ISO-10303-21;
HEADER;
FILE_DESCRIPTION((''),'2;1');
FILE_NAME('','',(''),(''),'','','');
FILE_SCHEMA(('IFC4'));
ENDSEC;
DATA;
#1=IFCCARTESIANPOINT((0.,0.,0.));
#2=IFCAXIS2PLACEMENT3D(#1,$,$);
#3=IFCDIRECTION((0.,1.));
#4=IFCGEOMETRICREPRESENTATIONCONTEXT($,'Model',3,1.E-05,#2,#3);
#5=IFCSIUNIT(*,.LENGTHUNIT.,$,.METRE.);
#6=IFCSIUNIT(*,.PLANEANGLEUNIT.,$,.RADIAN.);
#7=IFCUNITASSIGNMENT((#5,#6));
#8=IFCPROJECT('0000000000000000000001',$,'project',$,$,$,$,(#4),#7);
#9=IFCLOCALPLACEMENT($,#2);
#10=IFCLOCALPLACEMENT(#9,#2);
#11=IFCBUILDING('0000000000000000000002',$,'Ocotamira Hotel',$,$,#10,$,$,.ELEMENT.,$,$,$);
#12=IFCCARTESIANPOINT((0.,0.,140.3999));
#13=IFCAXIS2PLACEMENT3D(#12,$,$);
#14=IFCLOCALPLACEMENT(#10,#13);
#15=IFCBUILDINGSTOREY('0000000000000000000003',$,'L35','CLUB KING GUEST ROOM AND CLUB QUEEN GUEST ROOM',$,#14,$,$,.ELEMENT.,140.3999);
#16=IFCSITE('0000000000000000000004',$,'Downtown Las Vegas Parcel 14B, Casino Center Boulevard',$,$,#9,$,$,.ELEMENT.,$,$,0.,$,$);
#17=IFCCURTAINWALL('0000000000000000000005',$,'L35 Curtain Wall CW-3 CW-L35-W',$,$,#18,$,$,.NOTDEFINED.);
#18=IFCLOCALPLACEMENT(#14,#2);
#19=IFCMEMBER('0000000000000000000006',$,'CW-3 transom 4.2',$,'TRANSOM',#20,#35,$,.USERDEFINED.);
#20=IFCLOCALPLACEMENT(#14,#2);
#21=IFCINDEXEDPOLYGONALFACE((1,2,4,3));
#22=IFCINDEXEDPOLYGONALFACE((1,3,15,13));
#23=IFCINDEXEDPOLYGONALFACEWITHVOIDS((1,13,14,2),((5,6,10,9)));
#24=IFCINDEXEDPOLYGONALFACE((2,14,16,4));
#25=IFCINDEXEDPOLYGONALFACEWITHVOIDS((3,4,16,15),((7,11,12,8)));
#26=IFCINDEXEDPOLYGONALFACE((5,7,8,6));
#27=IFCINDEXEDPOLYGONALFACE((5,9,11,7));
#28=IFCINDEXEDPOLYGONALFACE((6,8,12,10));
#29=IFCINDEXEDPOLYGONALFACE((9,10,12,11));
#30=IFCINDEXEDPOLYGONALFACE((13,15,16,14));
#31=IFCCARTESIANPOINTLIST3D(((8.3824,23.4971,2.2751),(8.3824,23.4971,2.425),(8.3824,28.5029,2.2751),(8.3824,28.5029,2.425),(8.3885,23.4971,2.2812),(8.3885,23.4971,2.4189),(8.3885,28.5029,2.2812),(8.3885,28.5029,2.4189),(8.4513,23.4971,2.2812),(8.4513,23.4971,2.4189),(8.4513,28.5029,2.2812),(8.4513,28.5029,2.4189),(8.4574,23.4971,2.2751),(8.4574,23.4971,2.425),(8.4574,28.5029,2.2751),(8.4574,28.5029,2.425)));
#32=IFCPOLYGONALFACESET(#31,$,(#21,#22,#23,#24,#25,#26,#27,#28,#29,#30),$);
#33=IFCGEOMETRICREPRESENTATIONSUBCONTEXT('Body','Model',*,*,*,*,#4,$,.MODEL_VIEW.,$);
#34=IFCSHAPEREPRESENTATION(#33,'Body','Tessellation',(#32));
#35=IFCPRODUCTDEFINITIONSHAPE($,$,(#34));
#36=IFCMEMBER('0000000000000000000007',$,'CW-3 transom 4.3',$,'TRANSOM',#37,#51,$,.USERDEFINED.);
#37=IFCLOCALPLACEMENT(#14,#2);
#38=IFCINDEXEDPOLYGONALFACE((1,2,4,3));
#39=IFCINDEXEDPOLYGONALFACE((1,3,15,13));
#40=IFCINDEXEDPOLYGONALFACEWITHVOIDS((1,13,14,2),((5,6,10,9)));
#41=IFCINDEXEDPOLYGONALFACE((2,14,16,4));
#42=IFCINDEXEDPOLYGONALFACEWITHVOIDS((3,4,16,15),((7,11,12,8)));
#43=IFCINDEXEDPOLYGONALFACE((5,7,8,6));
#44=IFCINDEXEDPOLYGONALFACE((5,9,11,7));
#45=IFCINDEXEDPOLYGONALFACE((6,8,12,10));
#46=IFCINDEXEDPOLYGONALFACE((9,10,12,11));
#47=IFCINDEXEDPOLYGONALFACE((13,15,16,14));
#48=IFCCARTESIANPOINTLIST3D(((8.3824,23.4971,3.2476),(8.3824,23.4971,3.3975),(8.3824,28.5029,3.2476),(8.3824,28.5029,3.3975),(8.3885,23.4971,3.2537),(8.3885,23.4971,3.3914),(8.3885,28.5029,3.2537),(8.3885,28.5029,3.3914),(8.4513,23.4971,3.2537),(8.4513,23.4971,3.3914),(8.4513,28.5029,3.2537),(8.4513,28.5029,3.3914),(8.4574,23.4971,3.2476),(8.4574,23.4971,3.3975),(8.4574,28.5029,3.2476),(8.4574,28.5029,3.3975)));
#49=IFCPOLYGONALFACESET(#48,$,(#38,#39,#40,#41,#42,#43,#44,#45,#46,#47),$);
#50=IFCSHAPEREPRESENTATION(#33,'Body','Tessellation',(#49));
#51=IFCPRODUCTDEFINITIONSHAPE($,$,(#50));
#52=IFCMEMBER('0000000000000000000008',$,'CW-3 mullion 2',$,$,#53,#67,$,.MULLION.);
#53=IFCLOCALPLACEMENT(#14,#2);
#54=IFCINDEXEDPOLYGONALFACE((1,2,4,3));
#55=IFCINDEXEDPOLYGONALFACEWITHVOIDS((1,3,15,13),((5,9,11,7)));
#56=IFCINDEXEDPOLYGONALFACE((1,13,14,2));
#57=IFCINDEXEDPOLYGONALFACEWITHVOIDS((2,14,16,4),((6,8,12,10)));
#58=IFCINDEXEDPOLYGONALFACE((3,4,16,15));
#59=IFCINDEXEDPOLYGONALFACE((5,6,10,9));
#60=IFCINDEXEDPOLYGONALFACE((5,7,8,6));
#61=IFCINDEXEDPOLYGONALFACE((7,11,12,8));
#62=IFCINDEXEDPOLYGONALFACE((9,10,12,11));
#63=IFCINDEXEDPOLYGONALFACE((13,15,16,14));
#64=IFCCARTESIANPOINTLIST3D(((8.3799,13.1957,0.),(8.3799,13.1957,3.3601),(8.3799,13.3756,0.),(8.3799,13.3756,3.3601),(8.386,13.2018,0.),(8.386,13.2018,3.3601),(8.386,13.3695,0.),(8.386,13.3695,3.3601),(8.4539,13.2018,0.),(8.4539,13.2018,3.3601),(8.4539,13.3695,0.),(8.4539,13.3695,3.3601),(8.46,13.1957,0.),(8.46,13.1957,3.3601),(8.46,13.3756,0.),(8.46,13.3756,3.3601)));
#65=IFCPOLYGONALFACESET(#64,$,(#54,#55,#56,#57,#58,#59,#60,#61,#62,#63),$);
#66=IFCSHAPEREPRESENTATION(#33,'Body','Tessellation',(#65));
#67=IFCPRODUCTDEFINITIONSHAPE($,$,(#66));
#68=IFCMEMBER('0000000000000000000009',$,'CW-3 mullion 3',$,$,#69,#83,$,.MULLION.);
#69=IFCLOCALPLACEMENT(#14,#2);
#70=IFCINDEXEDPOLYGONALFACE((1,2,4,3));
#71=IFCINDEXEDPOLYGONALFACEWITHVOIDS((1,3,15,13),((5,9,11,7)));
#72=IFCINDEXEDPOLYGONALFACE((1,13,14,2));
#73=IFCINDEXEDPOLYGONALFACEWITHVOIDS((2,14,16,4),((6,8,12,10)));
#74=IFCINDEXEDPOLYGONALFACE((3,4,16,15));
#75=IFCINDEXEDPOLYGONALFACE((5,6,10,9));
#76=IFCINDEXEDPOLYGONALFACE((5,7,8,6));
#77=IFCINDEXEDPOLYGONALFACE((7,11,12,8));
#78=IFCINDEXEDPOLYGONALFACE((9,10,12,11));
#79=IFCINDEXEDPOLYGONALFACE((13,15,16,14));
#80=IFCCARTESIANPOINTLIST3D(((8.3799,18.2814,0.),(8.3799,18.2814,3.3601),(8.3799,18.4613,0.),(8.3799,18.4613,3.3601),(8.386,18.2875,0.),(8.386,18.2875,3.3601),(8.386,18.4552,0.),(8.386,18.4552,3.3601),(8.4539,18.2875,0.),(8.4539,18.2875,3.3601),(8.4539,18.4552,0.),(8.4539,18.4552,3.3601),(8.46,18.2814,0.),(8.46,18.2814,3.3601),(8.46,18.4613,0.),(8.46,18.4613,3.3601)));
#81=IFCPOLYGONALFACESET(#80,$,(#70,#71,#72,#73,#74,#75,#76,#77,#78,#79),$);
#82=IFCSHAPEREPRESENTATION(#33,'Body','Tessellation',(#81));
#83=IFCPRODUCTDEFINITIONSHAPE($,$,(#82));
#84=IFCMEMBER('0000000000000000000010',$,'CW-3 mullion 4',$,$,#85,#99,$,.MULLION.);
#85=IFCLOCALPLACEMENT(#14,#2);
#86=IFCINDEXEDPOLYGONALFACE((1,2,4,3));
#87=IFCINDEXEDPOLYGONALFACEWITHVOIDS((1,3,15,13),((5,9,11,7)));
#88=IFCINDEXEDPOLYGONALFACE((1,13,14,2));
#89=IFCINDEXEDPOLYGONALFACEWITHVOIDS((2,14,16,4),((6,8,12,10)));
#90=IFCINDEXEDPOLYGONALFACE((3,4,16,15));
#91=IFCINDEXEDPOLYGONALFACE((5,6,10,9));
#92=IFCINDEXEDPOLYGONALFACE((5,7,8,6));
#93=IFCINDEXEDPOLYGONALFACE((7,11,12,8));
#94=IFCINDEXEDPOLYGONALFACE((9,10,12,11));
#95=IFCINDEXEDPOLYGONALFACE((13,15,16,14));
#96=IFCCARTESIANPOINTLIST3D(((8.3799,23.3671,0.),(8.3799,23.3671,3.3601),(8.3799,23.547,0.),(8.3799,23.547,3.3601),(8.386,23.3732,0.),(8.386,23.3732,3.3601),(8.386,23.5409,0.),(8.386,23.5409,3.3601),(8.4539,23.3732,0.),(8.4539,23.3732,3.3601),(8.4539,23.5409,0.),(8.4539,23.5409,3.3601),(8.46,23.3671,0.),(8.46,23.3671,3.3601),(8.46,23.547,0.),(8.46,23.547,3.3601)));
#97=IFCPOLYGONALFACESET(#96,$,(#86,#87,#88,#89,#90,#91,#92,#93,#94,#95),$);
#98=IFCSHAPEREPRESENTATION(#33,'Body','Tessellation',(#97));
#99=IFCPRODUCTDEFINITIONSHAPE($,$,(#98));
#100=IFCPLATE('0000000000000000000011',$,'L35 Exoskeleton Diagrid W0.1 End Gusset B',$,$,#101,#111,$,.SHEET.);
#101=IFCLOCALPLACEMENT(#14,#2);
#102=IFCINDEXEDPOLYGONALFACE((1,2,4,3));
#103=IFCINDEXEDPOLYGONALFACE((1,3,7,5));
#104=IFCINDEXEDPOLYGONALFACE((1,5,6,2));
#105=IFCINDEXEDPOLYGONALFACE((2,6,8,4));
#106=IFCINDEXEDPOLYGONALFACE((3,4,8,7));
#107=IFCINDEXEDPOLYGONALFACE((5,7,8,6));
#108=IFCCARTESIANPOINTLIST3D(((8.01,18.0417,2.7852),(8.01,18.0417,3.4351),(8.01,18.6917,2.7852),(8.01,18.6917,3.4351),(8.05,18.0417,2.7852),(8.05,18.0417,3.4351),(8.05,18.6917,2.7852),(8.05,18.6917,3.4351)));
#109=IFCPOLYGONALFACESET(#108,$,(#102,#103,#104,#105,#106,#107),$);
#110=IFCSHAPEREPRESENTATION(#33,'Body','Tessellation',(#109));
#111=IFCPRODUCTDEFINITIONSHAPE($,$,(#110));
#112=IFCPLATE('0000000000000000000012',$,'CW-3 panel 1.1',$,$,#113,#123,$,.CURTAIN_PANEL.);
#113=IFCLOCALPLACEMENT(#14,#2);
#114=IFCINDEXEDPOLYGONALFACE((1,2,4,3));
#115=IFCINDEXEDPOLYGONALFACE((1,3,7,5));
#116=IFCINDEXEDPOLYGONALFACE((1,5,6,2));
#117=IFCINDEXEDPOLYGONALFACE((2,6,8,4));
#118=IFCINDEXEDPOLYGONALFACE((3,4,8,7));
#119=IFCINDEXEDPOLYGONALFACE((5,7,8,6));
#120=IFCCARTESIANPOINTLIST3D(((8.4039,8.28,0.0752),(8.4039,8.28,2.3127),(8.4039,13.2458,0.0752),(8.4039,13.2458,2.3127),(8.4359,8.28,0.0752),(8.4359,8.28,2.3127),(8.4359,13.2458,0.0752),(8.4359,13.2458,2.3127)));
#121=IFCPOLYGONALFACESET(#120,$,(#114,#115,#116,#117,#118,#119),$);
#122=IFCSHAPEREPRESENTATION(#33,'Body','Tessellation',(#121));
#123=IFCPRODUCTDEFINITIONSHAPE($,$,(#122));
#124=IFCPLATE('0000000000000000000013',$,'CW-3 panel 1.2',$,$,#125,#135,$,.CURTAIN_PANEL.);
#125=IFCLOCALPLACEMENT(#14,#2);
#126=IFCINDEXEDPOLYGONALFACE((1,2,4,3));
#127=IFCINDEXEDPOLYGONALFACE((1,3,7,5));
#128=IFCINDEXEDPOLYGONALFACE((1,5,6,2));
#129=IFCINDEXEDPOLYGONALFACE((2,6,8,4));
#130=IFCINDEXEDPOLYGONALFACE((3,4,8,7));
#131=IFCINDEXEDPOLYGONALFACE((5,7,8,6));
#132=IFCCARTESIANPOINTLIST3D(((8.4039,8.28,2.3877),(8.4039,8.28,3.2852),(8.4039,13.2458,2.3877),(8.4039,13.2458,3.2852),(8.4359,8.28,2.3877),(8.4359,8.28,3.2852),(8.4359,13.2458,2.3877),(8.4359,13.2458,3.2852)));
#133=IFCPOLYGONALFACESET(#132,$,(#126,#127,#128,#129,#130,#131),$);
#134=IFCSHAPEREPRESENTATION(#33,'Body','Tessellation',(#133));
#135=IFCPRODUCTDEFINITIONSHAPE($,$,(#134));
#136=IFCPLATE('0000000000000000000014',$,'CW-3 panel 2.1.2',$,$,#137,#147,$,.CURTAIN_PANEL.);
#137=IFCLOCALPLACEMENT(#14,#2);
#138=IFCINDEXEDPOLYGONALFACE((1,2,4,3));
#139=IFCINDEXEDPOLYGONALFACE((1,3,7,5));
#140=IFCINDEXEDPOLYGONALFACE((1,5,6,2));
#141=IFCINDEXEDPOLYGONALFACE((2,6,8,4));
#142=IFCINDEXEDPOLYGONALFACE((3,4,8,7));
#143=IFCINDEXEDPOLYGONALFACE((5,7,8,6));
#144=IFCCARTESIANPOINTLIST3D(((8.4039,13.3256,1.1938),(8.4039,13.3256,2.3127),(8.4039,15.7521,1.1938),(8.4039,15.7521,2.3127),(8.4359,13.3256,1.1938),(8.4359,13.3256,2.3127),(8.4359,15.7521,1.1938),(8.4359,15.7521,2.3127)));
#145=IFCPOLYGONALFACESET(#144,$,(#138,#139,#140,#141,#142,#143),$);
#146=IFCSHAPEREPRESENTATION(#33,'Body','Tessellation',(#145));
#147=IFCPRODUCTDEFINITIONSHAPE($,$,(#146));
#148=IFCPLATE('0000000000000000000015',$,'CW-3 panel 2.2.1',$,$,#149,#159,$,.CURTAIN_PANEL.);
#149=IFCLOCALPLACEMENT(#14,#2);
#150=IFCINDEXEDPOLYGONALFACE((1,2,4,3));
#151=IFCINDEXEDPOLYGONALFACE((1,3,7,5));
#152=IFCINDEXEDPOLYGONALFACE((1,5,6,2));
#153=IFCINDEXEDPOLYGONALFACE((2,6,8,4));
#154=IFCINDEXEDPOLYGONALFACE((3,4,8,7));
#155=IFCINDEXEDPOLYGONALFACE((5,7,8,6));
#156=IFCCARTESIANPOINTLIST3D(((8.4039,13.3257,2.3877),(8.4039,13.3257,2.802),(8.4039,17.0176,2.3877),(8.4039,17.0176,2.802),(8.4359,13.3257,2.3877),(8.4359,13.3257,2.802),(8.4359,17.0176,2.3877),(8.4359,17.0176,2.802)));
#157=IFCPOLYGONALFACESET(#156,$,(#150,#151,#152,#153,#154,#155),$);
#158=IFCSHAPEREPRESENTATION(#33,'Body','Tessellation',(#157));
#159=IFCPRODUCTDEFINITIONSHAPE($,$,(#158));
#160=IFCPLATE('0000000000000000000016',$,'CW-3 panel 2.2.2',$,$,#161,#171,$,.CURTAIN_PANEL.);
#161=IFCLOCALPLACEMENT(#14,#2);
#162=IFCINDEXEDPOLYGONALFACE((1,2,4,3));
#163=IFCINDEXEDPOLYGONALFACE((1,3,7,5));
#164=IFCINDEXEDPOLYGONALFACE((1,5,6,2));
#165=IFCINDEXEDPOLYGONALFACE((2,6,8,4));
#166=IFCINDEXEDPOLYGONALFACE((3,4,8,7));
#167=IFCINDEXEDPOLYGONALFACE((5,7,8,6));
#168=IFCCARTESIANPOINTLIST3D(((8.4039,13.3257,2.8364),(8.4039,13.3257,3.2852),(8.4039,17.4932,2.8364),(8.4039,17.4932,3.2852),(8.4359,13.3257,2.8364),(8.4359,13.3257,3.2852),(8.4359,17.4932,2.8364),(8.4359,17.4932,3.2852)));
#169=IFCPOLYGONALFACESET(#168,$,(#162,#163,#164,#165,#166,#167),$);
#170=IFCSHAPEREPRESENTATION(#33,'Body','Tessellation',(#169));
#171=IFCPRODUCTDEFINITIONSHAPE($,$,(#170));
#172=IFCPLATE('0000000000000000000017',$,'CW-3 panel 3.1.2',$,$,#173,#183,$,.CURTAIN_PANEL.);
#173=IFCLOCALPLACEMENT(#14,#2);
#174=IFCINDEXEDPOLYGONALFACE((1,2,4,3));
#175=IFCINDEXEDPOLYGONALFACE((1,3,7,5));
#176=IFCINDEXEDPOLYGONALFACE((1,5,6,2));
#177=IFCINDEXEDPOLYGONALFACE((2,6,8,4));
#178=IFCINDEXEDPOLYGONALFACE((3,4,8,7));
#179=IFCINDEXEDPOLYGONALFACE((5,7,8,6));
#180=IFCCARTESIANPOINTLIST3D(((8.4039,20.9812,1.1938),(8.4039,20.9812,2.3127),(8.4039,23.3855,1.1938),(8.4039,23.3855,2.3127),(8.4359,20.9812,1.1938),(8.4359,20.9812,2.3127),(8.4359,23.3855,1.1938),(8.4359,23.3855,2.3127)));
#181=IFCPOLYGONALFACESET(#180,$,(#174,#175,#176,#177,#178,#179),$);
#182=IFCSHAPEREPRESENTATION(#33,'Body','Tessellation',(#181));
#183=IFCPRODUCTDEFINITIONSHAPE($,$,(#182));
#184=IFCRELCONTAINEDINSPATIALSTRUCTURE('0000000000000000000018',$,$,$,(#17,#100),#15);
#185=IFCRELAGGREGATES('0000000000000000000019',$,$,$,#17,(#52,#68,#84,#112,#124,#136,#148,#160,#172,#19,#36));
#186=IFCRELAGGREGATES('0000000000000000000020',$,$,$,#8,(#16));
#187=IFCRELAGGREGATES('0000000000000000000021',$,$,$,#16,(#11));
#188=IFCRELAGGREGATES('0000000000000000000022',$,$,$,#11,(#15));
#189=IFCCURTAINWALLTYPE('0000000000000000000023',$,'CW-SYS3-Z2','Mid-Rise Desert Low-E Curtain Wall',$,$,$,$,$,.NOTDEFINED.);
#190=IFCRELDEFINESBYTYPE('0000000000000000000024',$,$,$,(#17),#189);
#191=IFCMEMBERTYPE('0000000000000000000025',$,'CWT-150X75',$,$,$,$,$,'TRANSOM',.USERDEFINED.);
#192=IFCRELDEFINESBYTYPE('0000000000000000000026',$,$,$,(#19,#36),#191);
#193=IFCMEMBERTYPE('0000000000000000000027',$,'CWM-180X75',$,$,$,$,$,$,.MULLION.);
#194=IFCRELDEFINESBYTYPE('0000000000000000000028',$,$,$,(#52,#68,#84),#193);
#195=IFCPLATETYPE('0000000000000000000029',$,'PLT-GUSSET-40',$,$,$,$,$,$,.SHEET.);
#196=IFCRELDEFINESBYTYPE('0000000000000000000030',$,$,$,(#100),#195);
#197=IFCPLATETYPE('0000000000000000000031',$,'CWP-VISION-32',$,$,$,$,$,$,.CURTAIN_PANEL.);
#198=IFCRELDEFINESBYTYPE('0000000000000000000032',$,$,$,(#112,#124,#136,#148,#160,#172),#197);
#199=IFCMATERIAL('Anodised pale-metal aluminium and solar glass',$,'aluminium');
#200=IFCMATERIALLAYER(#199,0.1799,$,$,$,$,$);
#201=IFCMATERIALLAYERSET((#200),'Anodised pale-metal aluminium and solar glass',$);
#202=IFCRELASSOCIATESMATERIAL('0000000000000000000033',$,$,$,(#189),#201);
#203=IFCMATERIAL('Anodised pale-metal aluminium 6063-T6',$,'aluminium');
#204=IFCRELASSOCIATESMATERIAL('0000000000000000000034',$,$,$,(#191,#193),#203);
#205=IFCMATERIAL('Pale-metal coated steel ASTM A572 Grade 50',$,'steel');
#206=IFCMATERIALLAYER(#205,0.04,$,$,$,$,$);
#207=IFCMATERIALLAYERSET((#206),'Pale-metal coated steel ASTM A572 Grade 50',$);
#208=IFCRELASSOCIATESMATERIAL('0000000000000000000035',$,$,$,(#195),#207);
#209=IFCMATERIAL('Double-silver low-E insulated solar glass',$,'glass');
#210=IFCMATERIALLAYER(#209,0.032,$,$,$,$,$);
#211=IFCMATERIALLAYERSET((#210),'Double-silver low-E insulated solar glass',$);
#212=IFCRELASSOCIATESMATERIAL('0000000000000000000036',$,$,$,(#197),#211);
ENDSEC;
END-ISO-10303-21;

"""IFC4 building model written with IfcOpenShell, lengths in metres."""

from ifc_helpers import new_model, si_unit, direction, frame, origin, origin_2d, place, context, subcontext, project, spatial, rectangle, hollow_rectangle, extrude, source, transform, mapped, material, layer, layer_set, material_profile, profile_set, type_object, element, aggregate, save


model = new_model("IFC4")

# Units and contexts
model_context = context("Model", 3, precision=1e-05, world=origin(), true_north=direction((0.0, 1.0)))
body_context = subcontext(model_context, "Body", "Model", "MODEL_VIEW")
ifc_project = project(units=[si_unit("LENGTHUNIT", "METRE"), si_unit("PLANEANGLEUNIT", "RADIAN")], contexts=[model_context])

# Site, building, storey
site_placement = place(None, origin())
site = spatial("IfcSite", under=ifc_project, at=site_placement, Name="Downtown Las Vegas Parcel 14B, Casino Center Boulevard", CompositionType="ELEMENT", RefElevation=0.0)
building_placement = place(site_placement, origin())
building = spatial("IfcBuilding", under=site, at=building_placement, Name="Ocotamira Hotel", CompositionType="ELEMENT")
storey_placement = place(building_placement, frame((0.0, 0.0, 140.3999)))
storey = spatial("IfcBuildingStorey", under=building, at=storey_placement, Name="L35", Description="CLUB KING GUEST ROOM AND CLUB QUEEN GUEST ROOM", CompositionType="ELEMENT", Elevation=140.3999)

# Curtain wall, members
ifc_material_1 = material(Name="Anodised pale-metal aluminium and solar glass", Category="aluminium")
ifc_layer_1 = layer(ifc_material_1, 0.1799)
ifc_layer_set_1 = layer_set([ifc_layer_1], Name="Anodised pale-metal aluminium and solar glass")
curtain_wall_type = type_object("IfcCurtainWallType", Name="CW-SYS3-Z2", Description="Mid-Rise Desert Low-E Curtain Wall", PredefinedType="NOTDEFINED", material=ifc_layer_set_1)
curtain_wall_placement = place(storey_placement, origin())
curtain_wall = element("IfcCurtainWall", 1, at=curtain_wall_placement, inside=storey, type_object=curtain_wall_type, Name="L35 Curtain Wall CW-3 CW-L35-W", PredefinedType="NOTDEFINED")
ifc_material_2 = material(Name="Anodised pale-metal aluminium 6063-T6", Category="aluminium")
ifc_material_profile_1 = material_profile(ifc_material_2, hollow_rectangle(XDim=0.075, YDim=0.1499, WallThickness=0.0061, at=origin_2d()), Name="HSS150X75X6")
ifc_profile_set_1 = profile_set([ifc_material_profile_1], Name="Anodised pale-metal aluminium 6063-T6")
member_type_1 = type_object("IfcMemberType", Name="CWT-150X75", ElementType="TRANSOM", PredefinedType="USERDEFINED", material=ifc_profile_set_1)
shared_shape_1 = source(origin(), body_context, "Body", "SweptSolid", [
    extrude(hollow_rectangle(XDim=0.075, YDim=0.1499, WallThickness=0.0061, at=origin_2d()), origin(), (0.0, 0.0, 1.0), 5.0059),
])
member_1_placement = place(storey_placement, frame((8.4199, 23.4971, 2.3501), z_axis=(0.0, 1.0, 0.0), x_axis=(-1.0, 0.0, 0.0)))
member_1 = element("IfcMember", 2, at=member_1_placement, type_object=member_type_1, Name="CW-3 transom 4.2", ObjectType="TRANSOM", PredefinedType="USERDEFINED", context=body_context, shape_type="MappedRepresentation", body=[
    mapped(shared_shape_1, transform((0.0, 0.0, 0.0), scale=1.0)),
])
member_2_placement = place(storey_placement, frame((8.4199, 23.4971, 3.3225), z_axis=(0.0, 1.0, 0.0), x_axis=(-1.0, 0.0, 0.0)))
member_2 = element("IfcMember", 3, at=member_2_placement, type_object=member_type_1, Name="CW-3 transom 4.3", ObjectType="TRANSOM", PredefinedType="USERDEFINED", context=body_context, shape_type="MappedRepresentation", body=[
    mapped(shared_shape_1, transform((0.0, 0.0, 0.0), scale=1.0)),
])
ifc_material_profile_2 = material_profile(ifc_material_2, hollow_rectangle(XDim=0.0801, YDim=0.1799, WallThickness=0.0061, at=origin_2d()), Name="HSS180X80X6")
ifc_profile_set_2 = profile_set([ifc_material_profile_2], Name="Anodised pale-metal aluminium 6063-T6")
member_type_2 = type_object("IfcMemberType", Name="CWM-180X75", PredefinedType="MULLION", material=ifc_profile_set_2)
shared_shape_2 = source(origin(), body_context, "Body", "SweptSolid", [
    extrude(hollow_rectangle(XDim=0.0801, YDim=0.1799, WallThickness=0.0061, at=origin_2d()), origin(), (0.0, 0.0, 1.0), 3.3601),
])
member_3_placement = place(storey_placement, frame((8.4199, 13.2856, 0.0), z_axis=(0.0, 0.0, 1.0), x_axis=(-1.0, 0.0, 0.0)))
member_3 = element("IfcMember", 4, at=member_3_placement, type_object=member_type_2, Name="CW-3 mullion 2", PredefinedType="MULLION", context=body_context, shape_type="MappedRepresentation", body=[
    mapped(shared_shape_2, transform((0.0, 0.0, 0.0), scale=1.0)),
])
member_4_placement = place(storey_placement, frame((8.4199, 18.3713, 0.0), z_axis=(0.0, 0.0, 1.0), x_axis=(-1.0, 0.0, 0.0)))
member_4 = element("IfcMember", 5, at=member_4_placement, type_object=member_type_2, Name="CW-3 mullion 3", PredefinedType="MULLION", context=body_context, shape_type="MappedRepresentation", body=[
    mapped(shared_shape_2, transform((0.0, 0.0, 0.0), scale=1.0)),
])
member_5_placement = place(storey_placement, frame((8.4199, 23.457, 0.0), z_axis=(0.0, 0.0, 1.0), x_axis=(-1.0, 0.0, 0.0)))
member_5 = element("IfcMember", 6, at=member_5_placement, type_object=member_type_2, Name="CW-3 mullion 4", PredefinedType="MULLION", context=body_context, shape_type="MappedRepresentation", body=[
    mapped(shared_shape_2, transform((0.0, 0.0, 0.0), scale=1.0)),
])

# Plates
ifc_material_3 = material(Name="Pale-metal coated steel ASTM A572 Grade 50", Category="steel")
ifc_layer_2 = layer(ifc_material_3, 0.04)
ifc_layer_set_2 = layer_set([ifc_layer_2], Name="Pale-metal coated steel ASTM A572 Grade 50")
plate_type_1 = type_object("IfcPlateType", Name="PLT-GUSSET-40", PredefinedType="SHEET", material=ifc_layer_set_2)
shared_shape_3 = source(origin(), body_context, "Body", "SweptSolid", [
    extrude(rectangle(XDim=0.04, YDim=0.6499, at=origin_2d()), origin(), (0.0, 0.0, 1.0), 0.6499),
])
plate_1_placement = place(storey_placement, frame((8.03, 18.3667, 2.7852), z_axis=(0.0, 0.0, 1.0), x_axis=(1.0, 0.0, 0.0)))
element("IfcPlate", 7, at=plate_1_placement, inside=storey, type_object=plate_type_1, Name="L35 Exoskeleton Diagrid W0.1 End Gusset B", PredefinedType="SHEET", context=body_context, shape_type="MappedRepresentation", body=[
    mapped(shared_shape_3, transform((0.0, 0.0, 0.0), scale=1.0)),
])
ifc_material_4 = material(Name="Double-silver low-E insulated solar glass", Category="glass")
ifc_layer_3 = layer(ifc_material_4, 0.032)
ifc_layer_set_3 = layer_set([ifc_layer_3], Name="Double-silver low-E insulated solar glass")
plate_type_2 = type_object("IfcPlateType", Name="CWP-VISION-32", PredefinedType="CURTAIN_PANEL", material=ifc_layer_set_3)
shared_shape_4 = source(origin(), body_context, "Body", "SweptSolid", [
    extrude(rectangle(XDim=4.9658, YDim=0.032, at=origin_2d()), origin(), (0.0, 0.0, 1.0), 2.2375),
])
plate_2_placement = place(storey_placement, frame((8.4199, 10.7629, 0.0752), z_axis=(0.0, 0.0, 1.0), x_axis=(0.0, 1.0, 0.0)))
plate_2 = element("IfcPlate", 8, at=plate_2_placement, type_object=plate_type_2, Name="CW-3 panel 1.1", PredefinedType="CURTAIN_PANEL", context=body_context, shape_type="MappedRepresentation", body=[
    mapped(shared_shape_4, transform((0.0, 0.0, 0.0), scale=1.0)),
])
shared_shape_5 = source(origin(), body_context, "Body", "SweptSolid", [
    extrude(rectangle(XDim=4.9658, YDim=0.032, at=origin_2d()), origin(), (0.0, 0.0, 1.0), 0.8975),
])
plate_3_placement = place(storey_placement, frame((8.4199, 10.7629, 2.3877), z_axis=(0.0, 0.0, 1.0), x_axis=(0.0, 1.0, 0.0)))
plate_3 = element("IfcPlate", 9, at=plate_3_placement, type_object=plate_type_2, Name="CW-3 panel 1.2", PredefinedType="CURTAIN_PANEL", context=body_context, shape_type="MappedRepresentation", body=[
    mapped(shared_shape_5, transform((0.0, 0.0, 0.0), scale=1.0)),
])
shared_shape_6 = source(origin(), body_context, "Body", "SweptSolid", [
    extrude(rectangle(XDim=2.4265, YDim=0.032, at=origin_2d()), origin(), (0.0, 0.0, 1.0), 1.1189),
])
plate_4_placement = place(storey_placement, frame((8.4199, 14.5388, 1.1938), z_axis=(0.0, 0.0, 1.0), x_axis=(0.0, 1.0, 0.0)))
plate_4 = element("IfcPlate", 10, at=plate_4_placement, type_object=plate_type_2, Name="CW-3 panel 2.1.2", PredefinedType="CURTAIN_PANEL", context=body_context, shape_type="MappedRepresentation", body=[
    mapped(shared_shape_6, transform((0.0, 0.0, 0.0), scale=1.0)),
])
shared_shape_7 = source(origin(), body_context, "Body", "SweptSolid", [
    extrude(rectangle(XDim=3.6919, YDim=0.032, at=origin_2d()), origin(), (0.0, 0.0, 1.0), 0.4143),
])
plate_5_placement = place(storey_placement, frame((8.4199, 15.1716, 2.3877), z_axis=(0.0, 0.0, 1.0), x_axis=(0.0, 1.0, 0.0)))
plate_5 = element("IfcPlate", 11, at=plate_5_placement, type_object=plate_type_2, Name="CW-3 panel 2.2.1", PredefinedType="CURTAIN_PANEL", context=body_context, shape_type="MappedRepresentation", body=[
    mapped(shared_shape_7, transform((0.0, 0.0, 0.0), scale=1.0)),
])
shared_shape_8 = source(origin(), body_context, "Body", "SweptSolid", [
    extrude(rectangle(XDim=4.1675, YDim=0.032, at=origin_2d()), origin(), (0.0, 0.0, 1.0), 0.4487),
])
plate_6_placement = place(storey_placement, frame((8.4199, 15.4094, 2.8364), z_axis=(0.0, 0.0, 1.0), x_axis=(0.0, 1.0, 0.0)))
plate_6 = element("IfcPlate", 12, at=plate_6_placement, type_object=plate_type_2, Name="CW-3 panel 2.2.2", PredefinedType="CURTAIN_PANEL", context=body_context, shape_type="MappedRepresentation", body=[
    mapped(shared_shape_8, transform((0.0, 0.0, 0.0), scale=1.0)),
])
shared_shape_9 = source(origin(), body_context, "Body", "SweptSolid", [
    extrude(rectangle(XDim=2.4043, YDim=0.032, at=origin_2d()), origin(), (0.0, 0.0, 1.0), 1.1189),
])
plate_7_placement = place(storey_placement, frame((8.4199, 22.1833, 1.1938), z_axis=(0.0, 0.0, 1.0), x_axis=(0.0, 1.0, 0.0)))
plate_7 = element("IfcPlate", 13, at=plate_7_placement, type_object=plate_type_2, Name="CW-3 panel 3.1.2", PredefinedType="CURTAIN_PANEL", context=body_context, shape_type="MappedRepresentation", body=[
    mapped(shared_shape_9, transform((0.0, 0.0, 0.0), scale=1.0)),
])
aggregate(curtain_wall, [member_3, member_4, member_5, plate_2, plate_3, plate_4, plate_5, plate_6, plate_7, member_1, member_2])

save(model, "model.ifc")
